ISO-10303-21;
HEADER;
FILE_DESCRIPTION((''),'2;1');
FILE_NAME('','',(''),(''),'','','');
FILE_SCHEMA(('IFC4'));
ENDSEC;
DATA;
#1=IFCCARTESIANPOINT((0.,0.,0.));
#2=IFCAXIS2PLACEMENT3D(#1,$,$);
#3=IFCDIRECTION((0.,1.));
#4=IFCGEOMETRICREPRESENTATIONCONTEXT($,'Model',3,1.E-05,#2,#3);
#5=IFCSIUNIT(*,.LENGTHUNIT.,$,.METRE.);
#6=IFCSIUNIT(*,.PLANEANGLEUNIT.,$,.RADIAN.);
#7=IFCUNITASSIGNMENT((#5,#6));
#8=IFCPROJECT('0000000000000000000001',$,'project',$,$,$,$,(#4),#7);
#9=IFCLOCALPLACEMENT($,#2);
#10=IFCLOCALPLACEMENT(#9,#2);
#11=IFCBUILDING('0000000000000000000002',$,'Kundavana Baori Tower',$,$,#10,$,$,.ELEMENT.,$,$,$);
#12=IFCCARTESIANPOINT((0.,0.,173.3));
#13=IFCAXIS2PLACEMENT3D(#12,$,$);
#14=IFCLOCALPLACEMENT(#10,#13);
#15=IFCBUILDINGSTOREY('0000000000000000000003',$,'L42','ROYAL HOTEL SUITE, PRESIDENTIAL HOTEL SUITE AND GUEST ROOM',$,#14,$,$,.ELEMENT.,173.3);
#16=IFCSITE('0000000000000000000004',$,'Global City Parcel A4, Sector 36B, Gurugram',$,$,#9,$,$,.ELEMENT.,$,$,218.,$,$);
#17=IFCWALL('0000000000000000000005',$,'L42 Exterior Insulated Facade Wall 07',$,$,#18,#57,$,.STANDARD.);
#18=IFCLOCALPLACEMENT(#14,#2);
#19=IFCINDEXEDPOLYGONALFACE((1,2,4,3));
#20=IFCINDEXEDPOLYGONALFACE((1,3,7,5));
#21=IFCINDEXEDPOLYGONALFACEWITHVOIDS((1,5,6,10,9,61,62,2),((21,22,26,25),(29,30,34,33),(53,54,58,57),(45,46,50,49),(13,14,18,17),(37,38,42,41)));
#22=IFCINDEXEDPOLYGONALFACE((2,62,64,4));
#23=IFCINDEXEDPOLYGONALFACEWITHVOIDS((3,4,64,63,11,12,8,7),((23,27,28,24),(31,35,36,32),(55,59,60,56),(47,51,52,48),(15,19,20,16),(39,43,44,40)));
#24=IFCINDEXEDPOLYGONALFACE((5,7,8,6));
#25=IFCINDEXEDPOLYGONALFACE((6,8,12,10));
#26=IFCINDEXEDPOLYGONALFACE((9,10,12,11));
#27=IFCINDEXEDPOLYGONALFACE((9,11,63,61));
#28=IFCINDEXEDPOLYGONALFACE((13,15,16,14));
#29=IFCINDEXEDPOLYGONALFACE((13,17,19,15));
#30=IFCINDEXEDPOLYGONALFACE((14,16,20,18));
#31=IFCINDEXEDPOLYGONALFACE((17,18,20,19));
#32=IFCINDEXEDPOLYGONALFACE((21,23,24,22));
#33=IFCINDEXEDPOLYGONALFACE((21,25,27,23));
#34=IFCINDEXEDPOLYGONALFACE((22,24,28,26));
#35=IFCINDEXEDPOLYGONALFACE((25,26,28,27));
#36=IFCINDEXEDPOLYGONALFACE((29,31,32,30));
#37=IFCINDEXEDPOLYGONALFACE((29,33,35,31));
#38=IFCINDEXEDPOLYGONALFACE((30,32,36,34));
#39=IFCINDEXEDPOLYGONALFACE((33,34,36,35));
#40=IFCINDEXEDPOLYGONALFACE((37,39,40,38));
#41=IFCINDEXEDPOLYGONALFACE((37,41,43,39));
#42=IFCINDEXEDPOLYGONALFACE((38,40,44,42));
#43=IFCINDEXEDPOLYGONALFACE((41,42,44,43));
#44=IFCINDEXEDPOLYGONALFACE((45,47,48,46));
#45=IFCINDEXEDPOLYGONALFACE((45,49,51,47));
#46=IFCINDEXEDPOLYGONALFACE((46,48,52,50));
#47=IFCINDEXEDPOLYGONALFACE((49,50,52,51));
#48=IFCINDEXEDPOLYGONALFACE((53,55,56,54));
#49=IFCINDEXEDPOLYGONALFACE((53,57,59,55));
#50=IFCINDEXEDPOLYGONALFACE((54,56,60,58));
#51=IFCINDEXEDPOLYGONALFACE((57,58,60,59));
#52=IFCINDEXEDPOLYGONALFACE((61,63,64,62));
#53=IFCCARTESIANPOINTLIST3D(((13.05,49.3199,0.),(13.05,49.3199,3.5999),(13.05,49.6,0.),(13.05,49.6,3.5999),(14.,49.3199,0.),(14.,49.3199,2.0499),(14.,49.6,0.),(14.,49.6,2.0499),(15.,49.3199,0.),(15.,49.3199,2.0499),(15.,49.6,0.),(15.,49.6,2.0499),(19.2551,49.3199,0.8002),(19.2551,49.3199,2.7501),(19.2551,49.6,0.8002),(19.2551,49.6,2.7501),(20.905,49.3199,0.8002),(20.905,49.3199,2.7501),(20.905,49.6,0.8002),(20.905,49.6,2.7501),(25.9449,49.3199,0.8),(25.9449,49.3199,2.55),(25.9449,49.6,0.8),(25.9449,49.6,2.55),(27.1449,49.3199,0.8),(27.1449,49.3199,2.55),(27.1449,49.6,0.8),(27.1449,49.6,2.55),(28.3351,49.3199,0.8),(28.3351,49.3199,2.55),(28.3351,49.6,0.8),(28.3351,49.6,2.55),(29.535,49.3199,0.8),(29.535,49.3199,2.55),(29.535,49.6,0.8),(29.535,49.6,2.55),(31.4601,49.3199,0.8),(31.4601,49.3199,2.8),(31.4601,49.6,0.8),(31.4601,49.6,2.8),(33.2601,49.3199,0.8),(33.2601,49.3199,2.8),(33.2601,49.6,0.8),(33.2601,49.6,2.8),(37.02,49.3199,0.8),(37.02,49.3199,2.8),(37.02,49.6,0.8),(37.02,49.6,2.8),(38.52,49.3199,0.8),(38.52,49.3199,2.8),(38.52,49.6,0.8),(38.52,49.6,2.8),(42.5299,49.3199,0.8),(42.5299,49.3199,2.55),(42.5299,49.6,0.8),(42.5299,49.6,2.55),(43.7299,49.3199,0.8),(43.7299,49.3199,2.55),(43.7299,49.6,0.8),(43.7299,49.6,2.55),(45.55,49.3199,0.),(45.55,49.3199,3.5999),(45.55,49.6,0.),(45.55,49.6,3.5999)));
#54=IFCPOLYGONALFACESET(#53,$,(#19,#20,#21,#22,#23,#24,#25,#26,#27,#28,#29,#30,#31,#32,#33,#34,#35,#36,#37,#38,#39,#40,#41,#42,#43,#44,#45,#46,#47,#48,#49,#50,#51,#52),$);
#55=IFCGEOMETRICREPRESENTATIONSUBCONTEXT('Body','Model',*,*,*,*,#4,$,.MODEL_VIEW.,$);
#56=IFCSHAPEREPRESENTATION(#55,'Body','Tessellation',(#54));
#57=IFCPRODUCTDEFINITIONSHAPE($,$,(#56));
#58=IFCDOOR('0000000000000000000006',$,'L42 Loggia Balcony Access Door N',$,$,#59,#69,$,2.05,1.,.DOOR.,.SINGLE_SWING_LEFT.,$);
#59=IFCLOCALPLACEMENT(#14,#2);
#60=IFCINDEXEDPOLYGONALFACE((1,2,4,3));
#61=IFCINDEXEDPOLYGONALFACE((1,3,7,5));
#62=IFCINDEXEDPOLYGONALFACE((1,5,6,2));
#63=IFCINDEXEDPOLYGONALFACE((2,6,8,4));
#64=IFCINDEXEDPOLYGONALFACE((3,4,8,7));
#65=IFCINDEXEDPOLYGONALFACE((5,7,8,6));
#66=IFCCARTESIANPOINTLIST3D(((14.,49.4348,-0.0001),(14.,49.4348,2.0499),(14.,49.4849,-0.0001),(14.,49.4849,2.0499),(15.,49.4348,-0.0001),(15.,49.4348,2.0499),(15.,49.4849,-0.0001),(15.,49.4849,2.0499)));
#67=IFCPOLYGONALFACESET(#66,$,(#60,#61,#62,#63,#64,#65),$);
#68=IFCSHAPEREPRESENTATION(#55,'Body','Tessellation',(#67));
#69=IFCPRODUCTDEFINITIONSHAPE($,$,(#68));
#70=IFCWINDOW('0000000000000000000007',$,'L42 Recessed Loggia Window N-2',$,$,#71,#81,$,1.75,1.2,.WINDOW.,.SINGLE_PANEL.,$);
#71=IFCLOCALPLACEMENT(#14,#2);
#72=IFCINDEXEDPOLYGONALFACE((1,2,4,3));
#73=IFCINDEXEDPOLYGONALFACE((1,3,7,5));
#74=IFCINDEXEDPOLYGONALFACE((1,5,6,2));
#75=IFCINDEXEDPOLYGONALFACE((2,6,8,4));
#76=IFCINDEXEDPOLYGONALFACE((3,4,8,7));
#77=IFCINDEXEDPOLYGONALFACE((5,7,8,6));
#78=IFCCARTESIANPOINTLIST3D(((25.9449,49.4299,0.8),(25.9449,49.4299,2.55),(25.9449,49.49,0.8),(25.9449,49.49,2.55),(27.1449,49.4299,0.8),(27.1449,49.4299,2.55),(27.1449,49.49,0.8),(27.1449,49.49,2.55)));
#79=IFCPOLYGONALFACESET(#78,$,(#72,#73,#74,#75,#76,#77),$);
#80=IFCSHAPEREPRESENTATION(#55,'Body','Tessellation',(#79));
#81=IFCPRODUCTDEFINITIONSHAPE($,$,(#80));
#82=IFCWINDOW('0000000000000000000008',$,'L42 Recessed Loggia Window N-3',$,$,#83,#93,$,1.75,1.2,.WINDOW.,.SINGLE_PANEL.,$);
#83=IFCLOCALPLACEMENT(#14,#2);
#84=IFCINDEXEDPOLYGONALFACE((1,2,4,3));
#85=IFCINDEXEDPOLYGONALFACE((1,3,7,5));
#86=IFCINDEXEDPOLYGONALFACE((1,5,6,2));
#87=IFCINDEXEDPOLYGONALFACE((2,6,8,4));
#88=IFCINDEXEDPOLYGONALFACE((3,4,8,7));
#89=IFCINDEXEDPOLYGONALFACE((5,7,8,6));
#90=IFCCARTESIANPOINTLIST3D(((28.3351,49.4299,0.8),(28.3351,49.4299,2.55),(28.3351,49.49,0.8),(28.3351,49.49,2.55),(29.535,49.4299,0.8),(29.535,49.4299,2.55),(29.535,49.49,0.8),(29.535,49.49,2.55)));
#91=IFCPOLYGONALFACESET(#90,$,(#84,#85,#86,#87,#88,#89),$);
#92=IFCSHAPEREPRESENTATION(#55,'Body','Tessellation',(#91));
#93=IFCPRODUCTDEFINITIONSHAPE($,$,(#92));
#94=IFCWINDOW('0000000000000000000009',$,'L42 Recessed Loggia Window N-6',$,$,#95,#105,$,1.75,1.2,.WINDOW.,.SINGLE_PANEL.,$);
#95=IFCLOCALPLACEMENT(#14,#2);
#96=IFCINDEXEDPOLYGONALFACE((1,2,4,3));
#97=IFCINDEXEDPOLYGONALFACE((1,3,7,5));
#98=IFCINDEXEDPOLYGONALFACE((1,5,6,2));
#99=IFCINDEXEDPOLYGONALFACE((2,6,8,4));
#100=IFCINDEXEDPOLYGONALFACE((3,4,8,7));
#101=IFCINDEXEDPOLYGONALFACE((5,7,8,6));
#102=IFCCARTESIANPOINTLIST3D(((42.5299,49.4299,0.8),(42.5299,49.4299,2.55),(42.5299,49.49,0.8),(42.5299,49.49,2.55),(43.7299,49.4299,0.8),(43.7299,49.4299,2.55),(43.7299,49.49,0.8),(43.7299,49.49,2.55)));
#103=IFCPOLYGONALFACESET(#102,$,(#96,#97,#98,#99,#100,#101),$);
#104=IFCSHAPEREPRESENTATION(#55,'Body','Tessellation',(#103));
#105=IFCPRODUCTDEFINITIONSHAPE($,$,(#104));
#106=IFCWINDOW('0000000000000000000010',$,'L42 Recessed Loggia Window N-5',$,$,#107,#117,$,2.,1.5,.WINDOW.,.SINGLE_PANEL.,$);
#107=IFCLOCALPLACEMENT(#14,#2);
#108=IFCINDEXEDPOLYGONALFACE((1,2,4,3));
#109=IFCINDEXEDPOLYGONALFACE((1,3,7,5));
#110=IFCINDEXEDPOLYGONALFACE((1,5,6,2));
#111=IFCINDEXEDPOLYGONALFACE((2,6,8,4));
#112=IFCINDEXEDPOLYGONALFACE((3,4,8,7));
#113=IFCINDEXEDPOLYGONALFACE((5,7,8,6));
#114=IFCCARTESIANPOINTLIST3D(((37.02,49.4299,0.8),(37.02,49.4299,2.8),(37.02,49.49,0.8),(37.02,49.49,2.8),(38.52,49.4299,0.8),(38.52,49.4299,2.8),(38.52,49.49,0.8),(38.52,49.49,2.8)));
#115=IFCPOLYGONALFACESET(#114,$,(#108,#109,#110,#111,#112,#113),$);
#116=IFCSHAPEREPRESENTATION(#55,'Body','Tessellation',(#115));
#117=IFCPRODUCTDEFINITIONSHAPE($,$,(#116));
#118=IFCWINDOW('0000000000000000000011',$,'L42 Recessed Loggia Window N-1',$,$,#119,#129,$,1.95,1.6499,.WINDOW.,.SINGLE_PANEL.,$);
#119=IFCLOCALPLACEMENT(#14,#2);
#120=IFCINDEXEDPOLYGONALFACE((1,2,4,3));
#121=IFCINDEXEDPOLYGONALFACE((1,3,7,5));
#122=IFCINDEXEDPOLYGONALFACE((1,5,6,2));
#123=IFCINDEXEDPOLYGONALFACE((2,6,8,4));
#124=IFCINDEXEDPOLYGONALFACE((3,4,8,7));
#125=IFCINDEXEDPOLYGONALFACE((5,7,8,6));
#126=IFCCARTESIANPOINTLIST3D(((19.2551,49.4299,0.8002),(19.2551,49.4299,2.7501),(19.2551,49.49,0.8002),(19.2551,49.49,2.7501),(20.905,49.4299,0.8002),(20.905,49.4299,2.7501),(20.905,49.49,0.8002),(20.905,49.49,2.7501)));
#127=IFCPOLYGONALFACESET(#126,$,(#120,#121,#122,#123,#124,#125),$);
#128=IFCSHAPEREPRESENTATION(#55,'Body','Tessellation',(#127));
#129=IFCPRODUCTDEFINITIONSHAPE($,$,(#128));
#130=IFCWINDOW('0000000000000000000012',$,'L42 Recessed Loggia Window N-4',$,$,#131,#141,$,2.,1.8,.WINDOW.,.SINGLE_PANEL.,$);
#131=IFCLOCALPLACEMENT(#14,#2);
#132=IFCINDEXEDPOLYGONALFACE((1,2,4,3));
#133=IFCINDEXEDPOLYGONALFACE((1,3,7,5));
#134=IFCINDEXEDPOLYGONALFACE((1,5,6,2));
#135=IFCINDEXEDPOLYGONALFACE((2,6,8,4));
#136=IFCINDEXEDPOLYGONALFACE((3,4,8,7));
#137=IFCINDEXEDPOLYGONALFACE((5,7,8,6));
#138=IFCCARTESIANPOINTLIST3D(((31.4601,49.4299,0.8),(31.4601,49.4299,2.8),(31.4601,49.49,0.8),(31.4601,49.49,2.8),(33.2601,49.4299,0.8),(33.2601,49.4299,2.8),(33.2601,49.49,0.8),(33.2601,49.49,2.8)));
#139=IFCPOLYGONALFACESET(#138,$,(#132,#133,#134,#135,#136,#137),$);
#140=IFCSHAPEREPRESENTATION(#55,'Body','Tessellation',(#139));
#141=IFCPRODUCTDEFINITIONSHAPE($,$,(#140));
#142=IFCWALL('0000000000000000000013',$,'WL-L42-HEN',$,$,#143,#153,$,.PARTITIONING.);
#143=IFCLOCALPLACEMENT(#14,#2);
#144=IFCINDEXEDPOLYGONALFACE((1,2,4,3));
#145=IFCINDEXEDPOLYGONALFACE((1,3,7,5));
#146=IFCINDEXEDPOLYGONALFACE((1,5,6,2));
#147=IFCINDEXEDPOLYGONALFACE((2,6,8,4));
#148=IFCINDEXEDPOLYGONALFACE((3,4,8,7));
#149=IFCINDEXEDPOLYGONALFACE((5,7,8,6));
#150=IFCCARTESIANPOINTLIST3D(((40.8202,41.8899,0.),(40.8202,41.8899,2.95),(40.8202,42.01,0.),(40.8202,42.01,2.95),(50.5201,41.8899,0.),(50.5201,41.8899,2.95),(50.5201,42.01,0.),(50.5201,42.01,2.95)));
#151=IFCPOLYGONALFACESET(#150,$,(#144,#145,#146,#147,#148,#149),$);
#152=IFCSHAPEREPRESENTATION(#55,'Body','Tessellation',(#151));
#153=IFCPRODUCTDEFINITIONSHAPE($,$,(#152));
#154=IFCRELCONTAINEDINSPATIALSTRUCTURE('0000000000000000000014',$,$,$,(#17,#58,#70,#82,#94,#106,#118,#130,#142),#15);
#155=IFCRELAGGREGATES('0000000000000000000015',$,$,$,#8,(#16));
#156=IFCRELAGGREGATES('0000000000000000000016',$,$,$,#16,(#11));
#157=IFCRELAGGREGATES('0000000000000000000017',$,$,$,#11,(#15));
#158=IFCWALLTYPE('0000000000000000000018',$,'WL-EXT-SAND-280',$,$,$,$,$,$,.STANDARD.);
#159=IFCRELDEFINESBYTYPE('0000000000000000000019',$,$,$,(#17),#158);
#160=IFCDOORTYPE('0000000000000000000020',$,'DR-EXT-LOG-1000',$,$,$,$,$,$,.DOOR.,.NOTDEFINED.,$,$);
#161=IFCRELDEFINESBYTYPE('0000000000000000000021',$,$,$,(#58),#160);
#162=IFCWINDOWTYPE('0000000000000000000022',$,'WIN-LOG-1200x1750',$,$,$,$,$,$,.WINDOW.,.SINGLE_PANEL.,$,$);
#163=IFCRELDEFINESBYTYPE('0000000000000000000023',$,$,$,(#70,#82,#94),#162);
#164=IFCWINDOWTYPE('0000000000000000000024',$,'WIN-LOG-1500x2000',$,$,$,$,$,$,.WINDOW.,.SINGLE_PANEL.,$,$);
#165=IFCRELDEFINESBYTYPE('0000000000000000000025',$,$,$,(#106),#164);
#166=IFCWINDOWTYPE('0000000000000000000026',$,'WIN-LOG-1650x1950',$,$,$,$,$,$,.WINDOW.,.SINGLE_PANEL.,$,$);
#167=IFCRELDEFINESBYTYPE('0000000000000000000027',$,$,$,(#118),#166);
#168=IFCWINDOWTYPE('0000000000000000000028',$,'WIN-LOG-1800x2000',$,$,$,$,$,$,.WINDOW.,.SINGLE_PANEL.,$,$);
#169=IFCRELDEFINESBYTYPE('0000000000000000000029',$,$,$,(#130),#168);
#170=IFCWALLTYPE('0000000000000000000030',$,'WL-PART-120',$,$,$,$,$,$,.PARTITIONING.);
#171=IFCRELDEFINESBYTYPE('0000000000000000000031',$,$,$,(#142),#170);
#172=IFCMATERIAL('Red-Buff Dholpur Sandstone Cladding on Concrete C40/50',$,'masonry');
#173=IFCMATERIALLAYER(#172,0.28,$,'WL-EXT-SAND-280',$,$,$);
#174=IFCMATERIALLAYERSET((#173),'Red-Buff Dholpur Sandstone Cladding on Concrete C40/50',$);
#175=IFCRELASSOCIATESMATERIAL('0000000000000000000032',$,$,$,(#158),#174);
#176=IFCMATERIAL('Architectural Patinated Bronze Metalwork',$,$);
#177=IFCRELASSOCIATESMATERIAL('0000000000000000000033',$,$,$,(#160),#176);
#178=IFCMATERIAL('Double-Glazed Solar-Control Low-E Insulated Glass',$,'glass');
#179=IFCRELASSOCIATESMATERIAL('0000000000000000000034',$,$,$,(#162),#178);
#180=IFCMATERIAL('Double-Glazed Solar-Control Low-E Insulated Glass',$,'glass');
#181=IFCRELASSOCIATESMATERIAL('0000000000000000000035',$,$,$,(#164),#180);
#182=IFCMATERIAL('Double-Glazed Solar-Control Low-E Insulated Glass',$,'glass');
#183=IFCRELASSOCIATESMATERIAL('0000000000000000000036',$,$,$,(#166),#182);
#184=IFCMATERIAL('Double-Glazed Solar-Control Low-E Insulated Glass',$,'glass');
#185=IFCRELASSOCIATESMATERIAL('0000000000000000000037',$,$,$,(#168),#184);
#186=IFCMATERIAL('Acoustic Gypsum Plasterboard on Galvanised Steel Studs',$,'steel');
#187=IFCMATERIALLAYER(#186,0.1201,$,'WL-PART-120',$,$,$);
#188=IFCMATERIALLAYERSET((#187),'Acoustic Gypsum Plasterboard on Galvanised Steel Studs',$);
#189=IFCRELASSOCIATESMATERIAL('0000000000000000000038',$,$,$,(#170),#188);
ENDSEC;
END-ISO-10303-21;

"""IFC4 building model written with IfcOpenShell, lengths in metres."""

from ifc_helpers import new_model, si_unit, direction, frame, frame_2d, origin, place, context, subcontext, project, spatial, rectangle, extrude, material, layer, layer_set, type_object, element, fill, save


model = new_model("IFC4")

# Units and contexts
model_context = context("Model", 3, precision=1e-05, world=origin(), true_north=direction((0.0, 1.0)))
body_context = subcontext(model_context, "Body", "Model", "MODEL_VIEW")
ifc_project = project(units=[si_unit("LENGTHUNIT", "METRE"), si_unit("PLANEANGLEUNIT", "RADIAN")], contexts=[model_context])

# Site, building, storey
site_placement = place(None, origin())
site = spatial("IfcSite", under=ifc_project, at=site_placement, Name="Global City Parcel A4, Sector 36B, Gurugram", CompositionType="ELEMENT", RefElevation=218.0)
building_placement = place(site_placement, origin())
building = spatial("IfcBuilding", under=site, at=building_placement, Name="Kundavana Baori Tower", CompositionType="ELEMENT")
storey_placement = place(building_placement, frame((0.0, 0.0, 173.3)))
storey = spatial("IfcBuildingStorey", under=building, at=storey_placement, Name="L42", Description="ROYAL HOTEL SUITE, PRESIDENTIAL HOTEL SUITE AND GUEST ROOM", CompositionType="ELEMENT", Elevation=173.3)

# Shared definitions
ifc_material_1 = material(Name="Red-Buff Dholpur Sandstone Cladding on Concrete C40/50", Category="masonry")
ifc_layer_1 = layer(ifc_material_1, 0.28, Name="WL-EXT-SAND-280")
ifc_layer_set_1 = layer_set([ifc_layer_1], Name="Red-Buff Dholpur Sandstone Cladding on Concrete C40/50")
wall_type_1 = type_object("IfcWallType", Name="WL-EXT-SAND-280", PredefinedType="STANDARD", material=ifc_layer_set_1)

# Wall, openings, door, windows
wall_1_placement = place(storey_placement, frame((45.55, 49.46, 0.0), z_axis=(0.0, 0.0, 1.0), x_axis=(-1.0, 0.0, 0.0)))
wall_1 = element("IfcWall", 1, at=wall_1_placement, inside=storey, type_object=wall_type_1, Name="L42 Exterior Insulated Facade Wall 07", PredefinedType="STANDARD", context=body_context, shape_type="SweptSolid", body=[
    extrude(rectangle(XDim=32.5, YDim=0.28, at=frame_2d((16.25, 0.0))), origin(), (0.0, 0.0, 1.0), 3.5999),
])
opening_1_placement = place(wall_1_placement, frame((30.55, 0.0, 0.0)))
opening_1 = element("IfcOpeningElement", 2, at=opening_1_placement, cuts=wall_1, PredefinedType="OPENING", context=body_context, shape_type="SweptSolid", body=[
    extrude(rectangle(XDim=1.0, YDim=2.05, at=frame_2d((0.5, 1.0249))), frame((0.0, 0.1499, 0.0), z_axis=(0.0, -1.0, 0.0), x_axis=(1.0, 0.0, 0.0)), (0.0, 0.0, 1.0), 0.3),
])
opening_2_placement = place(wall_1_placement, frame((24.645, 0.0, 0.8)))
opening_2 = element("IfcOpeningElement", 3, at=opening_2_placement, cuts=wall_1, PredefinedType="OPENING", context=body_context, shape_type="SweptSolid", body=[
    extrude(rectangle(XDim=1.6499, YDim=1.95, at=frame_2d((0.825, 0.9751))), frame((0.0, 0.1499, 0.0), z_axis=(0.0, -1.0, 0.0), x_axis=(1.0, 0.0, 0.0)), (0.0, 0.0, 1.0), 0.3),
])
opening_3_placement = place(wall_1_placement, frame((18.405, 0.0, 0.8)))
opening_3 = element("IfcOpeningElement", 4, at=opening_3_placement, cuts=wall_1, PredefinedType="OPENING", context=body_context, shape_type="SweptSolid", body=[
    extrude(rectangle(XDim=1.2, YDim=1.75, at=frame_2d((0.6001, 0.875))), frame((0.0, 0.1499, 0.0), z_axis=(0.0, -1.0, 0.0), x_axis=(1.0, 0.0, 0.0)), (0.0, 0.0, 1.0), 0.3),
])
opening_4_placement = place(wall_1_placement, frame((16.0149, 0.0, 0.8)))
opening_4 = element("IfcOpeningElement", 5, at=opening_4_placement, cuts=wall_1, PredefinedType="OPENING", context=body_context, shape_type="SweptSolid", body=[
    extrude(rectangle(XDim=1.2, YDim=1.75, at=frame_2d((0.6001, 0.875))), frame((0.0, 0.1499, 0.0), z_axis=(0.0, -1.0, 0.0), x_axis=(1.0, 0.0, 0.0)), (0.0, 0.0, 1.0), 0.3),
])
opening_5_placement = place(wall_1_placement, frame((12.29, 0.0, 0.8)))
opening_5 = element("IfcOpeningElement", 6, at=opening_5_placement, cuts=wall_1, PredefinedType="OPENING", context=body_context, shape_type="SweptSolid", body=[
    extrude(rectangle(XDim=1.8, YDim=2.0, at=frame_2d((0.8999, 1.0))), frame((0.0, 0.1499, 0.0), z_axis=(0.0, -1.0, 0.0), x_axis=(1.0, 0.0, 0.0)), (0.0, 0.0, 1.0), 0.3),
])
opening_6_placement = place(wall_1_placement, frame((7.03, 0.0, 0.8)))
opening_6 = element("IfcOpeningElement", 7, at=opening_6_placement, cuts=wall_1, PredefinedType="OPENING", context=body_context, shape_type="SweptSolid", body=[
    extrude(rectangle(XDim=1.5, YDim=2.0, at=frame_2d((0.75, 1.0))), frame((0.0, 0.1499, 0.0), z_axis=(0.0, -1.0, 0.0), x_axis=(1.0, 0.0, 0.0)), (0.0, 0.0, 1.0), 0.3),
])
opening_7_placement = place(wall_1_placement, frame((1.8201, 0.0, 0.8)))
opening_7 = element("IfcOpeningElement", 8, at=opening_7_placement, cuts=wall_1, PredefinedType="OPENING", context=body_context, shape_type="SweptSolid", body=[
    extrude(rectangle(XDim=1.2, YDim=1.75, at=frame_2d((0.6001, 0.875))), frame((0.0, 0.1499, 0.0), z_axis=(0.0, -1.0, 0.0), x_axis=(1.0, 0.0, 0.0)), (0.0, 0.0, 1.0), 0.3),
])
ifc_material_2 = material(Name="Architectural Patinated Bronze Metalwork")
door_type_1 = type_object("IfcDoorType", Name="DR-EXT-LOG-1000", OperationType="NOTDEFINED", PredefinedType="DOOR", material=ifc_material_2)
door_1_placement = place(opening_1_placement, frame((1.0, 0.0, 0.0), z_axis=(0.0, 0.0, 1.0), x_axis=(-1.0, 0.0, 0.0)))
door_1 = element("IfcDoor", 9, at=door_1_placement, inside=storey, type_object=door_type_1, Name="L42 Loggia Balcony Access Door N", OperationType="SINGLE_SWING_LEFT", OverallHeight=2.05, OverallWidth=1.0, PredefinedType="DOOR", context=body_context, shape_type="SweptSolid", body=[
    extrude(rectangle(XDim=1.0, YDim=2.05, at=frame_2d((0.5, 1.0249))), frame((0.0, 0.0249, 0.0), z_axis=(0.0, -1.0, 0.0), x_axis=(1.0, 0.0, 0.0)), (0.0, 0.0, 1.0), 0.05),
])
fill(opening_1, door_1)
ifc_material_3 = material(Name="Double-Glazed Solar-Control Low-E Insulated Glass", Category="glass")
window_type_1 = type_object("IfcWindowType", Name="WIN-LOG-1200x1750", PartitioningType="SINGLE_PANEL", PredefinedType="WINDOW", material=ifc_material_3)
window_1_placement = place(opening_3_placement, origin())
window_1 = element("IfcWindow", 10, at=window_1_placement, inside=storey, type_object=window_type_1, Name="L42 Recessed Loggia Window N-2", OverallHeight=1.75, OverallWidth=1.2, PartitioningType="SINGLE_PANEL", PredefinedType="WINDOW", context=body_context, shape_type="SweptSolid", body=[
    extrude(rectangle(XDim=1.2, YDim=1.75, at=frame_2d((0.6001, 0.875))), frame((0.0, 0.03, 0.0), z_axis=(0.0, -1.0, 0.0), x_axis=(1.0, 0.0, 0.0)), (0.0, 0.0, 1.0), 0.0601),
])
fill(opening_3, window_1)
window_2_placement = place(opening_4_placement, origin())
window_2 = element("IfcWindow", 11, at=window_2_placement, inside=storey, type_object=window_type_1, Name="L42 Recessed Loggia Window N-3", OverallHeight=1.75, OverallWidth=1.2, PartitioningType="SINGLE_PANEL", PredefinedType="WINDOW", context=body_context, shape_type="SweptSolid", body=[
    extrude(rectangle(XDim=1.2, YDim=1.75, at=frame_2d((0.6001, 0.875))), frame((0.0, 0.03, 0.0), z_axis=(0.0, -1.0, 0.0), x_axis=(1.0, 0.0, 0.0)), (0.0, 0.0, 1.0), 0.0601),
])
fill(opening_4, window_2)
window_3_placement = place(opening_7_placement, origin())
window_3 = element("IfcWindow", 12, at=window_3_placement, inside=storey, type_object=window_type_1, Name="L42 Recessed Loggia Window N-6", OverallHeight=1.75, OverallWidth=1.2, PartitioningType="SINGLE_PANEL", PredefinedType="WINDOW", context=body_context, shape_type="SweptSolid", body=[
    extrude(rectangle(XDim=1.2, YDim=1.75, at=frame_2d((0.6001, 0.875))), frame((0.0, 0.03, 0.0), z_axis=(0.0, -1.0, 0.0), x_axis=(1.0, 0.0, 0.0)), (0.0, 0.0, 1.0), 0.0601),
])
fill(opening_7, window_3)
ifc_material_4 = material(Name="Double-Glazed Solar-Control Low-E Insulated Glass", Category="glass")
window_type_2 = type_object("IfcWindowType", Name="WIN-LOG-1500x2000", PartitioningType="SINGLE_PANEL", PredefinedType="WINDOW", material=ifc_material_4)
window_4_placement = place(opening_6_placement, origin())
window_4 = element("IfcWindow", 13, at=window_4_placement, inside=storey, type_object=window_type_2, Name="L42 Recessed Loggia Window N-5", OverallHeight=2.0, OverallWidth=1.5, PartitioningType="SINGLE_PANEL", PredefinedType="WINDOW", context=body_context, shape_type="SweptSolid", body=[
    extrude(rectangle(XDim=1.5, YDim=2.0, at=frame_2d((0.75, 1.0))), frame((0.0, 0.03, 0.0), z_axis=(0.0, -1.0, 0.0), x_axis=(1.0, 0.0, 0.0)), (0.0, 0.0, 1.0), 0.0601),
])
fill(opening_6, window_4)
ifc_material_5 = material(Name="Double-Glazed Solar-Control Low-E Insulated Glass", Category="glass")
window_type_3 = type_object("IfcWindowType", Name="WIN-LOG-1650x1950", PartitioningType="SINGLE_PANEL", PredefinedType="WINDOW", material=ifc_material_5)
window_5_placement = place(opening_2_placement, origin())
window_5 = element("IfcWindow", 14, at=window_5_placement, inside=storey, type_object=window_type_3, Name="L42 Recessed Loggia Window N-1", OverallHeight=1.95, OverallWidth=1.6499, PartitioningType="SINGLE_PANEL", PredefinedType="WINDOW", context=body_context, shape_type="SweptSolid", body=[
    extrude(rectangle(XDim=1.6499, YDim=1.95, at=frame_2d((0.825, 0.9751))), frame((0.0, 0.03, 0.0), z_axis=(0.0, -1.0, 0.0), x_axis=(1.0, 0.0, 0.0)), (0.0, 0.0, 1.0), 0.0601),
])
fill(opening_2, window_5)
ifc_material_6 = material(Name="Double-Glazed Solar-Control Low-E Insulated Glass", Category="glass")
window_type_4 = type_object("IfcWindowType", Name="WIN-LOG-1800x2000", PartitioningType="SINGLE_PANEL", PredefinedType="WINDOW", material=ifc_material_6)
window_6_placement = place(opening_5_placement, origin())
window_6 = element("IfcWindow", 15, at=window_6_placement, inside=storey, type_object=window_type_4, Name="L42 Recessed Loggia Window N-4", OverallHeight=2.0, OverallWidth=1.8, PartitioningType="SINGLE_PANEL", PredefinedType="WINDOW", context=body_context, shape_type="SweptSolid", body=[
    extrude(rectangle(XDim=1.8, YDim=2.0, at=frame_2d((0.8999, 1.0))), frame((0.0, 0.03, 0.0), z_axis=(0.0, -1.0, 0.0), x_axis=(1.0, 0.0, 0.0)), (0.0, 0.0, 1.0), 0.0601),
])
fill(opening_5, window_6)

# Wall
ifc_material_7 = material(Name="Acoustic Gypsum Plasterboard on Galvanised Steel Studs", Category="steel")
ifc_layer_2 = layer(ifc_material_7, 0.1201, Name="WL-PART-120")
ifc_layer_set_2 = layer_set([ifc_layer_2], Name="Acoustic Gypsum Plasterboard on Galvanised Steel Studs")
wall_type_2 = type_object("IfcWallType", Name="WL-PART-120", PredefinedType="PARTITIONING", material=ifc_layer_set_2)
wall_2_placement = place(storey_placement, frame((40.8201, 41.95, 0.0), z_axis=(0.0, 0.0, 1.0), x_axis=(1.0, 0.0, 0.0)))
element("IfcWall", 16, at=wall_2_placement, inside=storey, type_object=wall_type_2, Name="WL-L42-HEN", PredefinedType="PARTITIONING", context=body_context, shape_type="SweptSolid", body=[
    extrude(rectangle(XDim=9.7, YDim=0.1201, at=frame_2d((4.8501, 0.0))), origin(), (0.0, 0.0, 1.0), 2.95),
])

save(model, "model.ifc")
